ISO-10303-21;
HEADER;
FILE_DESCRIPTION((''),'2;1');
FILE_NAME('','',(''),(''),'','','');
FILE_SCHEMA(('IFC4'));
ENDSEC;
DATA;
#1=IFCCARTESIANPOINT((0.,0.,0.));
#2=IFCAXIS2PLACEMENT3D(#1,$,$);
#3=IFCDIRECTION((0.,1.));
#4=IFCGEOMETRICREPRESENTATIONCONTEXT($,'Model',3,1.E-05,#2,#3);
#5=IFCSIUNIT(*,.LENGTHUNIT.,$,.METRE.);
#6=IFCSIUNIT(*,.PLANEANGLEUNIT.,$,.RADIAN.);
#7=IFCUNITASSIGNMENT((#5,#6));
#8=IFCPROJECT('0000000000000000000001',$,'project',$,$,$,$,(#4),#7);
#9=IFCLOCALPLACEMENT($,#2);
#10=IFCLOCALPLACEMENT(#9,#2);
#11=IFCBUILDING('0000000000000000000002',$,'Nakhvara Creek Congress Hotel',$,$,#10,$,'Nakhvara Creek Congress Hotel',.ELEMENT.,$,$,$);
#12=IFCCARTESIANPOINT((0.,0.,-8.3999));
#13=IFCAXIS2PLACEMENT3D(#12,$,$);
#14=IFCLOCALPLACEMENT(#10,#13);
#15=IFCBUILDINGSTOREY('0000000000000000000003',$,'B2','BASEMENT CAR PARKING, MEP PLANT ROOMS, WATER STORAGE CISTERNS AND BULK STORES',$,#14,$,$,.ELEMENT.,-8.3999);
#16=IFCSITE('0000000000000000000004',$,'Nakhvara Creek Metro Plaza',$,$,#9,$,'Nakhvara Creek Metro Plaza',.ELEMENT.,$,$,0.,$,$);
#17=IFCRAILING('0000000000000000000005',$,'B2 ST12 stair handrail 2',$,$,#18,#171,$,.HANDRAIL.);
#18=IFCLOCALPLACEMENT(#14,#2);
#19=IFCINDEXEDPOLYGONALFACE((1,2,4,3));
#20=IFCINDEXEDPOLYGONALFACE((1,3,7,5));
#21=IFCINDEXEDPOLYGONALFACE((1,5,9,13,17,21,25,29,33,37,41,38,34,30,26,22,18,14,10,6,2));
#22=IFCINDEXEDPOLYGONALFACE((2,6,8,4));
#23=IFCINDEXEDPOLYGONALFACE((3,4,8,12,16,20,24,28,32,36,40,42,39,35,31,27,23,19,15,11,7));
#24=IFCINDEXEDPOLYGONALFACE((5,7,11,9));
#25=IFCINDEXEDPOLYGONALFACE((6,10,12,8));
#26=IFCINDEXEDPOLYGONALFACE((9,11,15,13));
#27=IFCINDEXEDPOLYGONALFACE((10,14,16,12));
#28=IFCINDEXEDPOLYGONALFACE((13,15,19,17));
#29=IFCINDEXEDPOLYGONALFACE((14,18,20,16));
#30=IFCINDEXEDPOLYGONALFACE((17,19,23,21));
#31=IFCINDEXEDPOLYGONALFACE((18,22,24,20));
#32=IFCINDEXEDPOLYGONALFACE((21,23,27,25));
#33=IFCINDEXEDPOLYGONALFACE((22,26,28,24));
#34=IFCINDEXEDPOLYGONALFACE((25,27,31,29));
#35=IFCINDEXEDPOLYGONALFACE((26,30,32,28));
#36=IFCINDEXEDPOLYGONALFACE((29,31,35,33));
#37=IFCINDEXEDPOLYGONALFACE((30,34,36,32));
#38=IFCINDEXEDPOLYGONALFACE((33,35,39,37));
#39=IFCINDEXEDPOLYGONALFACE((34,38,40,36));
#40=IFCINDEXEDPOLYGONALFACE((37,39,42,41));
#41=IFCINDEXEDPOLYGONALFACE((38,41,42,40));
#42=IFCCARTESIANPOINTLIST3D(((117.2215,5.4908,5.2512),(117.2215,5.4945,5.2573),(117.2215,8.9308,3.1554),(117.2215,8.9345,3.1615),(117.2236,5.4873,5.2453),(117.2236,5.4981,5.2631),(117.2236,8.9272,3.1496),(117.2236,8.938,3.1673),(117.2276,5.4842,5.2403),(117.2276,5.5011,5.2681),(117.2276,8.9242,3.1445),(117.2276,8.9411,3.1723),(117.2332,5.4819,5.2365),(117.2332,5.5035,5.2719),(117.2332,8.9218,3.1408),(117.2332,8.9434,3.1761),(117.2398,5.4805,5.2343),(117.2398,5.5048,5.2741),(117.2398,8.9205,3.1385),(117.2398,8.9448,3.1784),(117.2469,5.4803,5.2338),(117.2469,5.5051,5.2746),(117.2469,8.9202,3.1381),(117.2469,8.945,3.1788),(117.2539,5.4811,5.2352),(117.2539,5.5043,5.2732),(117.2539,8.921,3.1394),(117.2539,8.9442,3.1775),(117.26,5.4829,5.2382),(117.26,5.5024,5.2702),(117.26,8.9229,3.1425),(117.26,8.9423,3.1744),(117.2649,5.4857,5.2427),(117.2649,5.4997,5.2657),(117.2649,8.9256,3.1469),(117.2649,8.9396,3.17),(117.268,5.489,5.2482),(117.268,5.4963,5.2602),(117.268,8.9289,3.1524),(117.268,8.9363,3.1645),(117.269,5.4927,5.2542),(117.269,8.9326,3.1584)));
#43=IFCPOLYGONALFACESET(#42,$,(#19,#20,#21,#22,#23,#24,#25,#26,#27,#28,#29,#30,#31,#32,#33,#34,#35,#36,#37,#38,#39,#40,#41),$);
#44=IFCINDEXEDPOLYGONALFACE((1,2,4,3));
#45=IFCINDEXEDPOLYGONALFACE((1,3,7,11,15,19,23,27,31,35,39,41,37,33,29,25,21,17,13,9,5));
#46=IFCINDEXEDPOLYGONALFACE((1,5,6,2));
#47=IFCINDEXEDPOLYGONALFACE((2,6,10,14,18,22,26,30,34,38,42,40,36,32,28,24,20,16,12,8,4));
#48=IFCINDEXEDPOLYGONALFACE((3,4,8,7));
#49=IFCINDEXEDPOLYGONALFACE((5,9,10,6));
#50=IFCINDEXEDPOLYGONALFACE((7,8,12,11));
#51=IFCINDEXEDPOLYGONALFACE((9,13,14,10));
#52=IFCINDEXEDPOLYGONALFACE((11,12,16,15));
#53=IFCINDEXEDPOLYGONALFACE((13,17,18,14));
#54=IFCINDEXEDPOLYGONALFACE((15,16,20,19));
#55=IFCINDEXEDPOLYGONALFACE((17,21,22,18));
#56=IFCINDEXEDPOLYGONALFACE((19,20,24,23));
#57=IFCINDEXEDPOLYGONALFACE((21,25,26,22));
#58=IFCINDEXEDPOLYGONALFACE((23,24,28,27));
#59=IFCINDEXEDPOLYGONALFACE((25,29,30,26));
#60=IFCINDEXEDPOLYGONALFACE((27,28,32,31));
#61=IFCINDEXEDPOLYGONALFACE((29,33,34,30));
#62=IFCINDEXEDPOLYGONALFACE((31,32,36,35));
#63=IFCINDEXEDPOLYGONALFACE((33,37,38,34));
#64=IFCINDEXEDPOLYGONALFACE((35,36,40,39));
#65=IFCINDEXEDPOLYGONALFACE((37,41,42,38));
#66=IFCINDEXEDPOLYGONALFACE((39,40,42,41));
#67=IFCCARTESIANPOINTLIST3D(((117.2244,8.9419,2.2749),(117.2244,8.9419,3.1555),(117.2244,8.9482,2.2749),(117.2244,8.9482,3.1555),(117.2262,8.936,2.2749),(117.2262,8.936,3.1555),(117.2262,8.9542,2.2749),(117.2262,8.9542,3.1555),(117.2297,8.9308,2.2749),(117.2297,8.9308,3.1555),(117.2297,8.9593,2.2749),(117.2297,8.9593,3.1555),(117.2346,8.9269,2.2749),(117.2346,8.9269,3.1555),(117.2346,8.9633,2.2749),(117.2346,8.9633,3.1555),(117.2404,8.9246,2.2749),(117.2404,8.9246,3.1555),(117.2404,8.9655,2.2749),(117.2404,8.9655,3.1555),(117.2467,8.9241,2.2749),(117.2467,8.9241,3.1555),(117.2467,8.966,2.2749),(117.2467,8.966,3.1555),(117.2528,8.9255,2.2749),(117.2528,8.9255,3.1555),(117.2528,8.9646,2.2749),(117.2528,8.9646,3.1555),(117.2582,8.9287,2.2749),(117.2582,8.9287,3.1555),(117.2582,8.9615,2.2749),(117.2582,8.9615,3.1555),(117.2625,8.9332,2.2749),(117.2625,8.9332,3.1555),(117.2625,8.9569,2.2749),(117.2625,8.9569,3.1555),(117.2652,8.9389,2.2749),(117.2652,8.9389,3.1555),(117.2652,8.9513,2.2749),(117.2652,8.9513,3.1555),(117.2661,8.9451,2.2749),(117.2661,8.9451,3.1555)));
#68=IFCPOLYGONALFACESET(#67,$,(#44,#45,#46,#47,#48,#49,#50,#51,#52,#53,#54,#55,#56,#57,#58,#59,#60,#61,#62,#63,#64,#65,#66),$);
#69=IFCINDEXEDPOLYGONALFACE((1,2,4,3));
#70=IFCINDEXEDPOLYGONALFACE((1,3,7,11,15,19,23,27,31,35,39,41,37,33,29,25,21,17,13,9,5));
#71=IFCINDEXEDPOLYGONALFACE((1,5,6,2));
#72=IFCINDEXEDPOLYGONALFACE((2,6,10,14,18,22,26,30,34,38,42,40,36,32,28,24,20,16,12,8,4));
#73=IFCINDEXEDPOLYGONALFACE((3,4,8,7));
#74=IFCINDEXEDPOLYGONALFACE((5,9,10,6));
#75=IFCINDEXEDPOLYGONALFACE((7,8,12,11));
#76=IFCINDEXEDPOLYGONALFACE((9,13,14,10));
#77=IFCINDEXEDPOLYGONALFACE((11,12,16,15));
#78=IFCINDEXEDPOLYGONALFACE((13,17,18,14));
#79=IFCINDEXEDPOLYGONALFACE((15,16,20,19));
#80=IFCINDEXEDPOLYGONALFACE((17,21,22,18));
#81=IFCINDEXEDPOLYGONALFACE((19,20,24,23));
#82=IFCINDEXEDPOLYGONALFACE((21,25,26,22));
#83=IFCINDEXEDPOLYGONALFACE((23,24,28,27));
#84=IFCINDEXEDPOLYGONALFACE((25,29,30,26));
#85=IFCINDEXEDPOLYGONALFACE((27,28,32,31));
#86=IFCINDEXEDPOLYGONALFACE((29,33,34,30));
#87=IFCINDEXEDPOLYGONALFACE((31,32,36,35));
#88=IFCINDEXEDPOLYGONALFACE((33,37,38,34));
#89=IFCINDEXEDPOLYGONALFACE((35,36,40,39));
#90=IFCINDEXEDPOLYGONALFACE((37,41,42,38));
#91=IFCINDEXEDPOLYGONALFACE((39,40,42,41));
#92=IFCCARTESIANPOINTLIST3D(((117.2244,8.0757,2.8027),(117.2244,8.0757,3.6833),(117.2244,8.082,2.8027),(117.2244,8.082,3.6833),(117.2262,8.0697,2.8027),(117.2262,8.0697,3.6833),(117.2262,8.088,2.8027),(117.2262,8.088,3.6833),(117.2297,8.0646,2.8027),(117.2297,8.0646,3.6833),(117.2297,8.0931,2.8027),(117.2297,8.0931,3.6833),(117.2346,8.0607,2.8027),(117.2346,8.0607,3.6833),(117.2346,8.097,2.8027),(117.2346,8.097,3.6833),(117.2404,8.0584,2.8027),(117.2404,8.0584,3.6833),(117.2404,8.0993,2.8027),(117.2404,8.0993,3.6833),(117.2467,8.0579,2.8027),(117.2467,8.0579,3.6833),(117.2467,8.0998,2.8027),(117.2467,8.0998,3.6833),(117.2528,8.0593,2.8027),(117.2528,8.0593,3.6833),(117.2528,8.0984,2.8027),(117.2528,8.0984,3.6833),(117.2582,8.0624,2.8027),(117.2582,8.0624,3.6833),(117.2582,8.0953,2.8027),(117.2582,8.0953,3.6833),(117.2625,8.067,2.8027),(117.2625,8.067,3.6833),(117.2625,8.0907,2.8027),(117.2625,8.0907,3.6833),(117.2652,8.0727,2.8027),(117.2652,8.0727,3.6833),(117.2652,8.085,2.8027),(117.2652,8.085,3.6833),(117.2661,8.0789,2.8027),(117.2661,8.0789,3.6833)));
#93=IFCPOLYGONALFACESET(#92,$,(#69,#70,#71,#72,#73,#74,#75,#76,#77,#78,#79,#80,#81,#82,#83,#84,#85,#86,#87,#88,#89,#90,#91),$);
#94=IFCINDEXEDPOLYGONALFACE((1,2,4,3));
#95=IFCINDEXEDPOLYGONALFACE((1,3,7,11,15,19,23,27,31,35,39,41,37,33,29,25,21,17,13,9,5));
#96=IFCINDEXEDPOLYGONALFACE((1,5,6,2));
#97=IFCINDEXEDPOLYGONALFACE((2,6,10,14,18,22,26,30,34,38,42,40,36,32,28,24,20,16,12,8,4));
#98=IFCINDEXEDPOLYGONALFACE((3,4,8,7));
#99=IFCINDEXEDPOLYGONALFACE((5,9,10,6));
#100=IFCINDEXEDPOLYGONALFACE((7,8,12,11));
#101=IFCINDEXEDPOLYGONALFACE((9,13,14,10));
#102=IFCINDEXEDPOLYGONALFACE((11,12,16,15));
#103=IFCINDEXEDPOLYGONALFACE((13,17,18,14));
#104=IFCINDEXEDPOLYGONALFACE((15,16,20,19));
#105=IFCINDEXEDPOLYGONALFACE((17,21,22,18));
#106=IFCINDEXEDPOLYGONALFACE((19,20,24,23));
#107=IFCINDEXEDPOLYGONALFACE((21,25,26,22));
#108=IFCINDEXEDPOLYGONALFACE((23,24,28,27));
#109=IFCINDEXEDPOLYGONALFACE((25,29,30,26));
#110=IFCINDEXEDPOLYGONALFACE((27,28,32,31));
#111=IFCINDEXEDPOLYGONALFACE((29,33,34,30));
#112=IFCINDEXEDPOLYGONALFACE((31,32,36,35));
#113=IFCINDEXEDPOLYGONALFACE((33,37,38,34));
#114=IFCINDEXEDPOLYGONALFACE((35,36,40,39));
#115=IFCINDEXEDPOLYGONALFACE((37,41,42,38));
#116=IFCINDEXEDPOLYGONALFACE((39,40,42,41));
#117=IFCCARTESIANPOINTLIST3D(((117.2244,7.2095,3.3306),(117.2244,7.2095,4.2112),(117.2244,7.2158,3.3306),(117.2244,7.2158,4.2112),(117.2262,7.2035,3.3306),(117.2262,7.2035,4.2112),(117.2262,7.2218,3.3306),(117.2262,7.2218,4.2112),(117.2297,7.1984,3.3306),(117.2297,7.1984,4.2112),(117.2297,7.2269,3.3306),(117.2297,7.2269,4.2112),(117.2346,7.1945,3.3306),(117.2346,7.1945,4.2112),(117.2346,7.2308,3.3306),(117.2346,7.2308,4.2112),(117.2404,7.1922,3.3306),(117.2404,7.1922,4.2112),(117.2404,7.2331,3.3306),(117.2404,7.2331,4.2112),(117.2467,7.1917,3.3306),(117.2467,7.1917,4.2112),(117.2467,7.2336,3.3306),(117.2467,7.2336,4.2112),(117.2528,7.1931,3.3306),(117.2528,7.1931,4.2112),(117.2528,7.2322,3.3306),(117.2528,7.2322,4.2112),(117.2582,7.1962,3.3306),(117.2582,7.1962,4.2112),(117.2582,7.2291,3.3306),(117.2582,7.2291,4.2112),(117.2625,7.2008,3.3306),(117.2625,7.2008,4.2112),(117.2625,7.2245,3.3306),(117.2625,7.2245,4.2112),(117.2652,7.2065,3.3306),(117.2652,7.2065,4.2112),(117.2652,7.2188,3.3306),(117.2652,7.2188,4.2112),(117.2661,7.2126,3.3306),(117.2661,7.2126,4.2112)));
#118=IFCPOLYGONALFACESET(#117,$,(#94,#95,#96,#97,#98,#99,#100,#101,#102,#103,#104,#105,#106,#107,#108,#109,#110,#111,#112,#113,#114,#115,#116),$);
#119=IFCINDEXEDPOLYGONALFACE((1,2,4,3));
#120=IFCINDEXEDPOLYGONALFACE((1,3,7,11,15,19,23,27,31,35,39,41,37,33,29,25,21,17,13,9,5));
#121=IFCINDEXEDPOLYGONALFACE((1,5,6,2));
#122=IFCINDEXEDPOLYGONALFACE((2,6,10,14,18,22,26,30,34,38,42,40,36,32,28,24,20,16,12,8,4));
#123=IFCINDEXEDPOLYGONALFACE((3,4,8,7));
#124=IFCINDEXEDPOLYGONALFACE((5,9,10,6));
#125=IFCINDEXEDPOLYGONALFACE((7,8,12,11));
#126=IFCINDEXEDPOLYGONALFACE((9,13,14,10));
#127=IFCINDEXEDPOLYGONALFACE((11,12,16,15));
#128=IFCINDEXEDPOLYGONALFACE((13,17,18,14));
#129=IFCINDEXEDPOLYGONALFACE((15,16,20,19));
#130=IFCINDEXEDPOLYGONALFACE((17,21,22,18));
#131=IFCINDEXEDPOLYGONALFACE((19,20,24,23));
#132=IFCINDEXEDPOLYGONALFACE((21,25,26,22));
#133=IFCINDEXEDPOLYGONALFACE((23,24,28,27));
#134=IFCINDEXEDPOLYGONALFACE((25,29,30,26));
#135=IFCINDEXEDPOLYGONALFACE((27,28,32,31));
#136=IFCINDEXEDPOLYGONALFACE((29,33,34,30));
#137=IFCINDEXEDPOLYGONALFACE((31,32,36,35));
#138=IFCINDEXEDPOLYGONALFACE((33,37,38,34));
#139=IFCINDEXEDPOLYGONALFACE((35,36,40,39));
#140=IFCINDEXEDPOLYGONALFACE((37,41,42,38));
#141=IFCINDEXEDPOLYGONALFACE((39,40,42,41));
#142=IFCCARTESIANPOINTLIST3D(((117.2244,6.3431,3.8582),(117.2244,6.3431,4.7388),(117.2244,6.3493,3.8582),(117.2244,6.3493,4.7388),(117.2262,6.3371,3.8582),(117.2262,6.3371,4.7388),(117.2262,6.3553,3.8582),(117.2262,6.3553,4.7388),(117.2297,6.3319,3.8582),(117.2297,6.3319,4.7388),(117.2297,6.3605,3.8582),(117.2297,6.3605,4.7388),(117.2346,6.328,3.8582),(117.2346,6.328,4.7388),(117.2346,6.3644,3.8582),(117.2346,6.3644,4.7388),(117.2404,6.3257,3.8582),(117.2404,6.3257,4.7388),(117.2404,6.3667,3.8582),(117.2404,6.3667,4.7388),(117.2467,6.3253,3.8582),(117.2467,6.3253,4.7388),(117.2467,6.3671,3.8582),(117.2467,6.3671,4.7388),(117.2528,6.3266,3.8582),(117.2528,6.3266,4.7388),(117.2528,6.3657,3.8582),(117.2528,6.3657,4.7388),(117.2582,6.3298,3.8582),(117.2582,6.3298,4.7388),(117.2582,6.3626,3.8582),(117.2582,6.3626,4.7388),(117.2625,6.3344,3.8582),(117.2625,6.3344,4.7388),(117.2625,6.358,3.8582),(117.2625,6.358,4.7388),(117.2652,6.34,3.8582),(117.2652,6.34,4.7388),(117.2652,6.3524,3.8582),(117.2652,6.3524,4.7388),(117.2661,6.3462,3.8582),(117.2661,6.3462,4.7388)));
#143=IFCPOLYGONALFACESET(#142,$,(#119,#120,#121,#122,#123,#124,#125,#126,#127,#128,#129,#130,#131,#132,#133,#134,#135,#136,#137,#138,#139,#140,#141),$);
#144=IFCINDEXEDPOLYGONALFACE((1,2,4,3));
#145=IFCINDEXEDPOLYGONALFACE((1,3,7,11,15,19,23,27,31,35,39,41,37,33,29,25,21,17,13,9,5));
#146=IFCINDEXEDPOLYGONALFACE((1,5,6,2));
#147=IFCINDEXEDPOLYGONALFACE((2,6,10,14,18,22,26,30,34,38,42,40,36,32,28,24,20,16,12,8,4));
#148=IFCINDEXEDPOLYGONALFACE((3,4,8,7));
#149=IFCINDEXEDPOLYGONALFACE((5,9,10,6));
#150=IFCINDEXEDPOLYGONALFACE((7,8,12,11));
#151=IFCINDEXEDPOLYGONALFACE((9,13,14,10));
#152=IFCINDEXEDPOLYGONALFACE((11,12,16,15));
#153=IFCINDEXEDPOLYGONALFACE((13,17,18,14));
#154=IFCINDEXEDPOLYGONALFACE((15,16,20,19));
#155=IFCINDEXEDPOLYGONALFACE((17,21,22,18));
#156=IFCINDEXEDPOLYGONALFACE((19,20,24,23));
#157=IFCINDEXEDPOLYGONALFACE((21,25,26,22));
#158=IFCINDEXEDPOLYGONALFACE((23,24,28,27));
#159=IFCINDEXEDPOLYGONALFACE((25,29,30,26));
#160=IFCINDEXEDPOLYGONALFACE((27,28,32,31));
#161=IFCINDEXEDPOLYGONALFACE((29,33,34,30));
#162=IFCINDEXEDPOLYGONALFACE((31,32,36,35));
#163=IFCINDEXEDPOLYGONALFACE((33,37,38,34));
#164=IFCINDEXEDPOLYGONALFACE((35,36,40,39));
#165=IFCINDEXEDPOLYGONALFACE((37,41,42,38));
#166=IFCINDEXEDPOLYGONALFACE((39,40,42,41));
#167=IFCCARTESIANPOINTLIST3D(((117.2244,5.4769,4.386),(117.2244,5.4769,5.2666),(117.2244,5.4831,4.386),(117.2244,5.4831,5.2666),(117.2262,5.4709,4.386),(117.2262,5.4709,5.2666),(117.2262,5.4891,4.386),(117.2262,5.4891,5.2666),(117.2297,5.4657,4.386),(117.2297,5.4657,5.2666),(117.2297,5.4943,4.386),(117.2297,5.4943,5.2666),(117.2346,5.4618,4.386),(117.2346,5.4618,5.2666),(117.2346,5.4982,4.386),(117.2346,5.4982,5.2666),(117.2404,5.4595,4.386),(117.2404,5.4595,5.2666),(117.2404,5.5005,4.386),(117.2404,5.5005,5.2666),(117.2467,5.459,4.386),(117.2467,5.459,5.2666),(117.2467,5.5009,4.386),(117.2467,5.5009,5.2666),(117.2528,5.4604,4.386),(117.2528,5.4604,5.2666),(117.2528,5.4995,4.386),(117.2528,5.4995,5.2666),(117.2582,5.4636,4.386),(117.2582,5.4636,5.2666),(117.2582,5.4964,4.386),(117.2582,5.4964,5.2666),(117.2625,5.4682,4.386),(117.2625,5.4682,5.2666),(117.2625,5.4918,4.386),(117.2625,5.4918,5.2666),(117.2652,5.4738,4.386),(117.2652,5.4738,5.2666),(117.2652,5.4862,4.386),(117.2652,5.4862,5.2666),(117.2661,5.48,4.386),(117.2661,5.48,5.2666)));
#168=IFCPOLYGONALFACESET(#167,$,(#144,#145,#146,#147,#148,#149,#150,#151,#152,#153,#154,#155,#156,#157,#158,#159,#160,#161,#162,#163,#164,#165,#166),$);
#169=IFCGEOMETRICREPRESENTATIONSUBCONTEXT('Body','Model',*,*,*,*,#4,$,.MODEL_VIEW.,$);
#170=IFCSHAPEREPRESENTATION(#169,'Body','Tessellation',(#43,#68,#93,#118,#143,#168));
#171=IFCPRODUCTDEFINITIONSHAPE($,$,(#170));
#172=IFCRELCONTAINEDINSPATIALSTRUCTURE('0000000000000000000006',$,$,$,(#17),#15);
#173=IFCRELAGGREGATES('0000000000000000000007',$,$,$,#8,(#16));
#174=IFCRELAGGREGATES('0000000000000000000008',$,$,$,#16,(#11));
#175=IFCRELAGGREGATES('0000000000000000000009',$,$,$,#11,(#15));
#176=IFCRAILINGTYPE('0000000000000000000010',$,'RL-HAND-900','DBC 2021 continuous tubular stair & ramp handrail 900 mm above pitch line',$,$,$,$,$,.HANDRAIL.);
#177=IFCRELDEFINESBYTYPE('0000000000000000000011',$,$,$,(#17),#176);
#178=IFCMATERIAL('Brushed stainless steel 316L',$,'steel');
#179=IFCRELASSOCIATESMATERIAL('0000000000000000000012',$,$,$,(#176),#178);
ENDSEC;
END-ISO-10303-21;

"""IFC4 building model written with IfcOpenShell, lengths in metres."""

from ifc_helpers import new_model, si_unit, direction, frame, origin, origin_2d, place, context, subcontext, project, spatial, circle, extrude, material, type_object, element, save


model = new_model("IFC4")

# Units and contexts
model_context = context("Model", 3, precision=1e-05, world=origin(), true_north=direction((0.0, 1.0)))
body_context = subcontext(model_context, "Body", "Model", "MODEL_VIEW")
ifc_project = project(units=[si_unit("LENGTHUNIT", "METRE"), si_unit("PLANEANGLEUNIT", "RADIAN")], contexts=[model_context])

# Site, building, storey
site_placement = place(None, origin())
site = spatial("IfcSite", under=ifc_project, at=site_placement, Name="Nakhvara Creek Metro Plaza", LongName="Nakhvara Creek Metro Plaza", CompositionType="ELEMENT", RefElevation=0.0)
building_placement = place(site_placement, origin())
building = spatial("IfcBuilding", under=site, at=building_placement, Name="Nakhvara Creek Congress Hotel", LongName="Nakhvara Creek Congress Hotel", CompositionType="ELEMENT")
storey_placement = place(building_placement, frame((0.0, 0.0, -8.3999)))
storey = spatial("IfcBuildingStorey", under=building, at=storey_placement, Name="B2", Description="BASEMENT CAR PARKING, MEP PLANT ROOMS, WATER STORAGE CISTERNS AND BULK STORES", CompositionType="ELEMENT", Elevation=-8.3999)

# Railing
ifc_material_1 = material(Name="Brushed stainless steel 316L", Category="steel")
railing_type_1 = type_object("IfcRailingType", Name="RL-HAND-900", Description="DBC 2021 continuous tubular stair & ramp handrail 900 mm above pitch line", PredefinedType="HANDRAIL", material=ifc_material_1)
railing_1_placement = place(storey_placement, frame((117.2451, 8.9451, 2.2749)))
element("IfcRailing", 1, at=railing_1_placement, inside=storey, type_object=railing_type_1, Name="B2 ST12 stair handrail 2", PredefinedType="HANDRAIL", context=body_context, shape_type="SweptSolid", body=[
    extrude(circle(Radius=0.0239, at=origin_2d()), frame((0.0, -0.0125, 0.8835), z_axis=(0.0, -0.853991, 0.520289), x_axis=(1.0, 0.0, 0.0)), (0.0, 0.0, 1.0), 4.0281),
    extrude(circle(Radius=0.021, at=origin_2d()), origin(), (0.0, 0.0, 1.0), 0.8806),
    extrude(circle(Radius=0.021, at=origin_2d()), frame((0.0, -0.8662, 0.5278)), (0.0, 0.0, 1.0), 0.8806),
    extrude(circle(Radius=0.021, at=origin_2d()), frame((0.0, -1.7324, 1.0557)), (0.0, 0.0, 1.0), 0.8806),
    extrude(circle(Radius=0.021, at=origin_2d()), frame((0.0, -2.5989, 1.5833)), (0.0, 0.0, 1.0), 0.8806),
    extrude(circle(Radius=0.021, at=origin_2d()), frame((0.0, -3.4651, 2.1111)), (0.0, 0.0, 1.0), 0.8806),
])

save(model, "model.ifc")
